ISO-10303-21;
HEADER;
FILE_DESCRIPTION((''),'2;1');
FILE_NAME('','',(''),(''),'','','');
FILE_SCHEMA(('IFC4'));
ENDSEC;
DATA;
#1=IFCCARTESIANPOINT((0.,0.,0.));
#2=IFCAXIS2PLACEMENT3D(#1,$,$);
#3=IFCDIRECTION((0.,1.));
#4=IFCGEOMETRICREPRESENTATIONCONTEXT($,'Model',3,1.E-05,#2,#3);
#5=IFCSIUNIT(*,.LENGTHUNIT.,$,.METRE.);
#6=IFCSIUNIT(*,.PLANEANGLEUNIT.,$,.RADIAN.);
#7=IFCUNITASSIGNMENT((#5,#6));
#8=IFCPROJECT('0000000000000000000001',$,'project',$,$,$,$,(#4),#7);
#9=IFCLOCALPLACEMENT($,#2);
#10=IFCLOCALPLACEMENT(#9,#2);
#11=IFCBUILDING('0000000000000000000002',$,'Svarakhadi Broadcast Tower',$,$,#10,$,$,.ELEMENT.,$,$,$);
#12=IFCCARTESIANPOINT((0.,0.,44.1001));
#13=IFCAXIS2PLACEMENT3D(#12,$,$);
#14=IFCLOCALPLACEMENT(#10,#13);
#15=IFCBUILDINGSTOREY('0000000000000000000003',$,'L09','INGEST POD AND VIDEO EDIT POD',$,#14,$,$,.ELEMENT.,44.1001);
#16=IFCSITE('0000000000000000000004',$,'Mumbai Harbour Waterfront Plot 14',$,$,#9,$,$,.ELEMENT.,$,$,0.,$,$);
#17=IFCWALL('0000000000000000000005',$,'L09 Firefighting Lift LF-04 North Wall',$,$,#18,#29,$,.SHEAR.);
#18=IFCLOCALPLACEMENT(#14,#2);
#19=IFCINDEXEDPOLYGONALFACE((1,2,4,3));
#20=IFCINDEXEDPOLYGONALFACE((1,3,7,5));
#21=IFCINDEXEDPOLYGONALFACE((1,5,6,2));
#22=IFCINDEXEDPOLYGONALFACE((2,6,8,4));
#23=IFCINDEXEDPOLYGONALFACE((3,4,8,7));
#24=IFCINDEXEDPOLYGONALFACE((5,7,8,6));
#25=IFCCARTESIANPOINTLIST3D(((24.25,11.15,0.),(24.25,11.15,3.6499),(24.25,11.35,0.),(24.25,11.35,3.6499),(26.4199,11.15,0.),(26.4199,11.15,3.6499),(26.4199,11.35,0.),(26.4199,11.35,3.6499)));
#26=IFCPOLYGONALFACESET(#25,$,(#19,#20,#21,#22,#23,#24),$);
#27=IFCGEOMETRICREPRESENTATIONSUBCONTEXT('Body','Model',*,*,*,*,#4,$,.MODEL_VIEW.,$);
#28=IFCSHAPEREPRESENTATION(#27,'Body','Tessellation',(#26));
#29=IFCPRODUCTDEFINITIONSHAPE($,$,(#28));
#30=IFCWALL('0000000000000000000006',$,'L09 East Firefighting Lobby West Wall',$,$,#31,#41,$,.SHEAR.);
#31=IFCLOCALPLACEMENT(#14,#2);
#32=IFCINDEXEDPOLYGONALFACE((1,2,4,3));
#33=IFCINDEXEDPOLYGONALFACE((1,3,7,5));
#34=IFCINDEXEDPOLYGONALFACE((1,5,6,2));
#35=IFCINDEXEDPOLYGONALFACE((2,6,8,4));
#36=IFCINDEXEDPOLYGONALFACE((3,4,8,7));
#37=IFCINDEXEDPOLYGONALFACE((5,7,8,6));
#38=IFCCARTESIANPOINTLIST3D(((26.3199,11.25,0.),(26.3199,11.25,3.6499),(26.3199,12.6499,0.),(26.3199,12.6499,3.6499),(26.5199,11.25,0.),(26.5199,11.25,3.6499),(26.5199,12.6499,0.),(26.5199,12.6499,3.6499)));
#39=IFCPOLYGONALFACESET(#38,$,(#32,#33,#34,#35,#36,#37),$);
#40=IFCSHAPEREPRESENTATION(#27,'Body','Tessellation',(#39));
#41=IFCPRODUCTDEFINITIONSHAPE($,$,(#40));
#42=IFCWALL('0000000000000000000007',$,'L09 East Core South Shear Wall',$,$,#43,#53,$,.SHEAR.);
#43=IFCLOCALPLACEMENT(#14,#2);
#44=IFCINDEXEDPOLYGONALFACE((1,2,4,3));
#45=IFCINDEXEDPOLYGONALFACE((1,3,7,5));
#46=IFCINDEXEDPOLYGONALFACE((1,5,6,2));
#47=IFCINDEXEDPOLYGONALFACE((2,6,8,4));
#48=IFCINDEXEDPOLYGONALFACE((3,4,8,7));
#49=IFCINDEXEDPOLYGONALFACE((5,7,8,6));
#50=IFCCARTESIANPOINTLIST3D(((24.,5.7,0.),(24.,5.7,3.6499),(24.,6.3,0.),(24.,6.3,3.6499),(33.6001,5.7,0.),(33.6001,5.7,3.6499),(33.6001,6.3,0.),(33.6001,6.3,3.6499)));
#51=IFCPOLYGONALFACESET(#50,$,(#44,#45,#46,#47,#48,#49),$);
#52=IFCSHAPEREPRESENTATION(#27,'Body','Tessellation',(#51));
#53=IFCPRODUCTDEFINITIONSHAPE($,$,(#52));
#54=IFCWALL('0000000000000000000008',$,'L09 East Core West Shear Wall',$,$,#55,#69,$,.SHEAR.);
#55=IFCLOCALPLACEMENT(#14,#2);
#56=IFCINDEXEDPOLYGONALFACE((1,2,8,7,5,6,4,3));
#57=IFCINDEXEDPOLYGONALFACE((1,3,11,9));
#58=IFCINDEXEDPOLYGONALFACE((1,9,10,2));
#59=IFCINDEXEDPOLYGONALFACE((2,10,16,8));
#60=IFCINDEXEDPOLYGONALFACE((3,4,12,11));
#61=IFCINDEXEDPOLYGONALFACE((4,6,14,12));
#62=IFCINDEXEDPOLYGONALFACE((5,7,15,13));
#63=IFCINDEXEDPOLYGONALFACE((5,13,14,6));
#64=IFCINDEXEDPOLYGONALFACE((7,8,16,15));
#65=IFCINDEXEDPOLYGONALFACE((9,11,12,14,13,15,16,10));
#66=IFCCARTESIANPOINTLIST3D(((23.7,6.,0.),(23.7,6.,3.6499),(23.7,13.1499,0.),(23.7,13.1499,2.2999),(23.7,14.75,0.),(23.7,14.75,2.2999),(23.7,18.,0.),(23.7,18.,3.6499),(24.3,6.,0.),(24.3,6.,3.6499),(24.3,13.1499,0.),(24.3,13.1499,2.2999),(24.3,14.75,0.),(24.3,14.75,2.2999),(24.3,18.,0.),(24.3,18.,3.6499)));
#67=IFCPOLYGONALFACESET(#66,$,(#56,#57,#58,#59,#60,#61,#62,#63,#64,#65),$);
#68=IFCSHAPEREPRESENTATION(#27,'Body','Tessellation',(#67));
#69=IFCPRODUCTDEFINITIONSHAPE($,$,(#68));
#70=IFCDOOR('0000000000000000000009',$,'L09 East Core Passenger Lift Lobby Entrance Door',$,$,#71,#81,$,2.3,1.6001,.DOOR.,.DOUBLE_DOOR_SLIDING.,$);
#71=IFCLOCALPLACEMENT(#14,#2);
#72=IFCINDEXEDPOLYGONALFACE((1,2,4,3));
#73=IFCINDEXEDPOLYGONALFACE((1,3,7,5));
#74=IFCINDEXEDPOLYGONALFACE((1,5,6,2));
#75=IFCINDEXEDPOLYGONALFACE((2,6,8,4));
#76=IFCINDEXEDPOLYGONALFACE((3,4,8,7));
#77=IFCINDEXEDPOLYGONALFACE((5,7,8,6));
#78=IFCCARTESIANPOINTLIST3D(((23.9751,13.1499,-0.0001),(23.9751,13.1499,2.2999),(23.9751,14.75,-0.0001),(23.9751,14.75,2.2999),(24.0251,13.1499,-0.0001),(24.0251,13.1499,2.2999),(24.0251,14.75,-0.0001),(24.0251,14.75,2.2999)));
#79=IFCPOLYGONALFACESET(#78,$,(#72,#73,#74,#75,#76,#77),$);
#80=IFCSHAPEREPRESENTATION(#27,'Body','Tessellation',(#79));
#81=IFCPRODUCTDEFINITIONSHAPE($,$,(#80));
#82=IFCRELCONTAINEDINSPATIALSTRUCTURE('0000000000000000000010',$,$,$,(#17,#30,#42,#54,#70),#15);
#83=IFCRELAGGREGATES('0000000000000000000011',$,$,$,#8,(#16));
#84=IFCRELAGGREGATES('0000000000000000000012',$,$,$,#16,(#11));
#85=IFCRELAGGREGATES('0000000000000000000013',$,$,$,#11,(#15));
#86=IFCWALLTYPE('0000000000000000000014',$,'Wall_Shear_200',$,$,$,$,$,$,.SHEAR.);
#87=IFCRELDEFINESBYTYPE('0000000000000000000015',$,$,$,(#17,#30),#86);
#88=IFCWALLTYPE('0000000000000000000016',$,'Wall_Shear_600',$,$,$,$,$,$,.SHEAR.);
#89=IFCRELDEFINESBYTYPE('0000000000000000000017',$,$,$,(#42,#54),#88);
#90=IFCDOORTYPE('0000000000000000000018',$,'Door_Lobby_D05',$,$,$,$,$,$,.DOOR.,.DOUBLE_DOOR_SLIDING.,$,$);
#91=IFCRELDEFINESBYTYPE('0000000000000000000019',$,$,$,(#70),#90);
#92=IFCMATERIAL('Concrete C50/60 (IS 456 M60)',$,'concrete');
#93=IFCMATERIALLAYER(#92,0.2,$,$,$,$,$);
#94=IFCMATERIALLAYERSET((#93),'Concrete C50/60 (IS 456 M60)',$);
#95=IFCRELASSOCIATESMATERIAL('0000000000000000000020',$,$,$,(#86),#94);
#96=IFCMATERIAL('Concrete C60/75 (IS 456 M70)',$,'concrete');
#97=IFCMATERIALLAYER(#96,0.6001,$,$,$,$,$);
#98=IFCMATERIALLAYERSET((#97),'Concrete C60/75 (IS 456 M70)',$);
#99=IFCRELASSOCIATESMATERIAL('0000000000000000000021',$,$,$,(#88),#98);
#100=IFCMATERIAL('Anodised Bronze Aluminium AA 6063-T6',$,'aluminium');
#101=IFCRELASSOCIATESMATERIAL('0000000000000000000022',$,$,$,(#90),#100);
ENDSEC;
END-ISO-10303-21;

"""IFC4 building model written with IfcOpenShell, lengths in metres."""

from ifc_helpers import new_model, si_unit, direction, frame, frame_2d, origin, place, context, subcontext, project, spatial, rectangle, extrude, material, layer, layer_set, type_object, element, fill, save


model = new_model("IFC4")

# Units and contexts
model_context = context("Model", 3, precision=1e-05, world=origin(), true_north=direction((0.0, 1.0)))
body_context = subcontext(model_context, "Body", "Model", "MODEL_VIEW")
ifc_project = project(units=[si_unit("LENGTHUNIT", "METRE"), si_unit("PLANEANGLEUNIT", "RADIAN")], contexts=[model_context])

# Site, building, storey
site_placement = place(None, origin())
site = spatial("IfcSite", under=ifc_project, at=site_placement, Name="Mumbai Harbour Waterfront Plot 14", CompositionType="ELEMENT", RefElevation=0.0)
building_placement = place(site_placement, origin())
building = spatial("IfcBuilding", under=site, at=building_placement, Name="Svarakhadi Broadcast Tower", CompositionType="ELEMENT")
storey_placement = place(building_placement, frame((0.0, 0.0, 44.1001)))
storey = spatial("IfcBuildingStorey", under=building, at=storey_placement, Name="L09", Description="INGEST POD AND VIDEO EDIT POD", CompositionType="ELEMENT", Elevation=44.1001)

# Shared definitions
ifc_material_1 = material(Name="Concrete C60/75 (IS 456 M70)", Category="concrete")

# Shared definitions
ifc_material_2 = material(Name="Anodised Bronze Aluminium AA 6063-T6", Category="aluminium")

# Shared definitions
ifc_material_3 = material(Name="Concrete C50/60 (IS 456 M60)", Category="concrete")
ifc_layer_1 = layer(ifc_material_3, 0.2)
ifc_layer_set_1 = layer_set([ifc_layer_1], Name="Concrete C50/60 (IS 456 M60)")
wall_type_1 = type_object("IfcWallType", Name="Wall_Shear_200", PredefinedType="SHEAR", material=ifc_layer_set_1)

# Walls
for number, where, z_axis, x_axis, name in (
    (1, (24.25, 11.25, 0.0), (0.0, 0.0, 1.0), (1.0, 0.0, 0.0), "L09 Firefighting Lift LF-04 North Wall"),
):
    element("IfcWall", number, at=place(storey_placement, frame(where, z_axis=z_axis, x_axis=x_axis)), inside=storey, type_object=wall_type_1, Name=name, PredefinedType="SHEAR", context=body_context, shape_type="SweptSolid", body=[
        extrude(rectangle(XDim=2.1699, YDim=0.2, at=frame_2d((1.085, 0.0))), origin(), (0.0, 0.0, 1.0), 3.6499),
    ])
wall_1_placement = place(storey_placement, frame((26.4199, 11.25, 0.0), z_axis=(0.0, 0.0, 1.0), x_axis=(0.0, 1.0, 0.0)))
element("IfcWall", 2, at=wall_1_placement, inside=storey, type_object=wall_type_1, Name="L09 East Firefighting Lobby West Wall", PredefinedType="SHEAR", context=body_context, shape_type="SweptSolid", body=[
    extrude(rectangle(XDim=1.3999, YDim=0.2, at=frame_2d((0.7, 0.0))), origin(), (0.0, 0.0, 1.0), 3.6499),
])
ifc_layer_2 = layer(ifc_material_1, 0.6001)
ifc_layer_set_2 = layer_set([ifc_layer_2], Name="Concrete C60/75 (IS 456 M70)")
wall_type_2 = type_object("IfcWallType", Name="Wall_Shear_600", PredefinedType="SHEAR", material=ifc_layer_set_2)
wall_2_placement = place(storey_placement, frame((24.0, 6.0, 0.0), z_axis=(0.0, 0.0, 1.0), x_axis=(1.0, 0.0, 0.0)))
element("IfcWall", 3, at=wall_2_placement, inside=storey, type_object=wall_type_2, Name="L09 East Core South Shear Wall", PredefinedType="SHEAR", context=body_context, shape_type="SweptSolid", body=[
    extrude(rectangle(XDim=9.6001, YDim=0.6001, at=frame_2d((4.8, 0.0))), origin(), (0.0, 0.0, 1.0), 3.6499),
])

# Wall, opening, door
wall_3_placement = place(storey_placement, frame((24.0, 6.0, 0.0), z_axis=(0.0, 0.0, 1.0), x_axis=(0.0, 1.0, 0.0)))
wall_3 = element("IfcWall", 4, at=wall_3_placement, inside=storey, type_object=wall_type_2, Name="L09 East Core West Shear Wall", PredefinedType="SHEAR", context=body_context, shape_type="SweptSolid", body=[
    extrude(rectangle(XDim=12.0, YDim=0.6001, at=frame_2d((6.0, 0.0))), origin(), (0.0, 0.0, 1.0), 3.6499),
])
opening_1_placement = place(wall_3_placement, frame((7.1499, 0.0, 0.0)))
opening_1 = element("IfcOpeningElement", 5, at=opening_1_placement, cuts=wall_3, PredefinedType="OPENING", context=body_context, shape_type="SweptSolid", body=[
    extrude(rectangle(XDim=1.6001, YDim=2.3, at=frame_2d((0.8, 1.1499))), frame((0.0, 0.3101, 0.0), z_axis=(0.0, -1.0, 0.0), x_axis=(1.0, 0.0, 0.0)), (0.0, 0.0, 1.0), 0.6201),
])
door_type_1 = type_object("IfcDoorType", Name="Door_Lobby_D05", OperationType="DOUBLE_DOOR_SLIDING", PredefinedType="DOOR", material=ifc_material_2)
door_1_placement = place(opening_1_placement, origin())
door_1 = element("IfcDoor", 6, at=door_1_placement, inside=storey, type_object=door_type_1, Name="L09 East Core Passenger Lift Lobby Entrance Door", OperationType="DOUBLE_DOOR_SLIDING", OverallHeight=2.3, OverallWidth=1.6001, PredefinedType="DOOR", context=body_context, shape_type="SweptSolid", body=[
    extrude(rectangle(XDim=1.6001, YDim=2.3, at=frame_2d((0.8, 1.1499))), frame((0.0, 0.0249, 0.0), z_axis=(0.0, -1.0, 0.0), x_axis=(1.0, 0.0, 0.0)), (0.0, 0.0, 1.0), 0.05),
])
fill(opening_1, door_1)

save(model, "model.ifc")
